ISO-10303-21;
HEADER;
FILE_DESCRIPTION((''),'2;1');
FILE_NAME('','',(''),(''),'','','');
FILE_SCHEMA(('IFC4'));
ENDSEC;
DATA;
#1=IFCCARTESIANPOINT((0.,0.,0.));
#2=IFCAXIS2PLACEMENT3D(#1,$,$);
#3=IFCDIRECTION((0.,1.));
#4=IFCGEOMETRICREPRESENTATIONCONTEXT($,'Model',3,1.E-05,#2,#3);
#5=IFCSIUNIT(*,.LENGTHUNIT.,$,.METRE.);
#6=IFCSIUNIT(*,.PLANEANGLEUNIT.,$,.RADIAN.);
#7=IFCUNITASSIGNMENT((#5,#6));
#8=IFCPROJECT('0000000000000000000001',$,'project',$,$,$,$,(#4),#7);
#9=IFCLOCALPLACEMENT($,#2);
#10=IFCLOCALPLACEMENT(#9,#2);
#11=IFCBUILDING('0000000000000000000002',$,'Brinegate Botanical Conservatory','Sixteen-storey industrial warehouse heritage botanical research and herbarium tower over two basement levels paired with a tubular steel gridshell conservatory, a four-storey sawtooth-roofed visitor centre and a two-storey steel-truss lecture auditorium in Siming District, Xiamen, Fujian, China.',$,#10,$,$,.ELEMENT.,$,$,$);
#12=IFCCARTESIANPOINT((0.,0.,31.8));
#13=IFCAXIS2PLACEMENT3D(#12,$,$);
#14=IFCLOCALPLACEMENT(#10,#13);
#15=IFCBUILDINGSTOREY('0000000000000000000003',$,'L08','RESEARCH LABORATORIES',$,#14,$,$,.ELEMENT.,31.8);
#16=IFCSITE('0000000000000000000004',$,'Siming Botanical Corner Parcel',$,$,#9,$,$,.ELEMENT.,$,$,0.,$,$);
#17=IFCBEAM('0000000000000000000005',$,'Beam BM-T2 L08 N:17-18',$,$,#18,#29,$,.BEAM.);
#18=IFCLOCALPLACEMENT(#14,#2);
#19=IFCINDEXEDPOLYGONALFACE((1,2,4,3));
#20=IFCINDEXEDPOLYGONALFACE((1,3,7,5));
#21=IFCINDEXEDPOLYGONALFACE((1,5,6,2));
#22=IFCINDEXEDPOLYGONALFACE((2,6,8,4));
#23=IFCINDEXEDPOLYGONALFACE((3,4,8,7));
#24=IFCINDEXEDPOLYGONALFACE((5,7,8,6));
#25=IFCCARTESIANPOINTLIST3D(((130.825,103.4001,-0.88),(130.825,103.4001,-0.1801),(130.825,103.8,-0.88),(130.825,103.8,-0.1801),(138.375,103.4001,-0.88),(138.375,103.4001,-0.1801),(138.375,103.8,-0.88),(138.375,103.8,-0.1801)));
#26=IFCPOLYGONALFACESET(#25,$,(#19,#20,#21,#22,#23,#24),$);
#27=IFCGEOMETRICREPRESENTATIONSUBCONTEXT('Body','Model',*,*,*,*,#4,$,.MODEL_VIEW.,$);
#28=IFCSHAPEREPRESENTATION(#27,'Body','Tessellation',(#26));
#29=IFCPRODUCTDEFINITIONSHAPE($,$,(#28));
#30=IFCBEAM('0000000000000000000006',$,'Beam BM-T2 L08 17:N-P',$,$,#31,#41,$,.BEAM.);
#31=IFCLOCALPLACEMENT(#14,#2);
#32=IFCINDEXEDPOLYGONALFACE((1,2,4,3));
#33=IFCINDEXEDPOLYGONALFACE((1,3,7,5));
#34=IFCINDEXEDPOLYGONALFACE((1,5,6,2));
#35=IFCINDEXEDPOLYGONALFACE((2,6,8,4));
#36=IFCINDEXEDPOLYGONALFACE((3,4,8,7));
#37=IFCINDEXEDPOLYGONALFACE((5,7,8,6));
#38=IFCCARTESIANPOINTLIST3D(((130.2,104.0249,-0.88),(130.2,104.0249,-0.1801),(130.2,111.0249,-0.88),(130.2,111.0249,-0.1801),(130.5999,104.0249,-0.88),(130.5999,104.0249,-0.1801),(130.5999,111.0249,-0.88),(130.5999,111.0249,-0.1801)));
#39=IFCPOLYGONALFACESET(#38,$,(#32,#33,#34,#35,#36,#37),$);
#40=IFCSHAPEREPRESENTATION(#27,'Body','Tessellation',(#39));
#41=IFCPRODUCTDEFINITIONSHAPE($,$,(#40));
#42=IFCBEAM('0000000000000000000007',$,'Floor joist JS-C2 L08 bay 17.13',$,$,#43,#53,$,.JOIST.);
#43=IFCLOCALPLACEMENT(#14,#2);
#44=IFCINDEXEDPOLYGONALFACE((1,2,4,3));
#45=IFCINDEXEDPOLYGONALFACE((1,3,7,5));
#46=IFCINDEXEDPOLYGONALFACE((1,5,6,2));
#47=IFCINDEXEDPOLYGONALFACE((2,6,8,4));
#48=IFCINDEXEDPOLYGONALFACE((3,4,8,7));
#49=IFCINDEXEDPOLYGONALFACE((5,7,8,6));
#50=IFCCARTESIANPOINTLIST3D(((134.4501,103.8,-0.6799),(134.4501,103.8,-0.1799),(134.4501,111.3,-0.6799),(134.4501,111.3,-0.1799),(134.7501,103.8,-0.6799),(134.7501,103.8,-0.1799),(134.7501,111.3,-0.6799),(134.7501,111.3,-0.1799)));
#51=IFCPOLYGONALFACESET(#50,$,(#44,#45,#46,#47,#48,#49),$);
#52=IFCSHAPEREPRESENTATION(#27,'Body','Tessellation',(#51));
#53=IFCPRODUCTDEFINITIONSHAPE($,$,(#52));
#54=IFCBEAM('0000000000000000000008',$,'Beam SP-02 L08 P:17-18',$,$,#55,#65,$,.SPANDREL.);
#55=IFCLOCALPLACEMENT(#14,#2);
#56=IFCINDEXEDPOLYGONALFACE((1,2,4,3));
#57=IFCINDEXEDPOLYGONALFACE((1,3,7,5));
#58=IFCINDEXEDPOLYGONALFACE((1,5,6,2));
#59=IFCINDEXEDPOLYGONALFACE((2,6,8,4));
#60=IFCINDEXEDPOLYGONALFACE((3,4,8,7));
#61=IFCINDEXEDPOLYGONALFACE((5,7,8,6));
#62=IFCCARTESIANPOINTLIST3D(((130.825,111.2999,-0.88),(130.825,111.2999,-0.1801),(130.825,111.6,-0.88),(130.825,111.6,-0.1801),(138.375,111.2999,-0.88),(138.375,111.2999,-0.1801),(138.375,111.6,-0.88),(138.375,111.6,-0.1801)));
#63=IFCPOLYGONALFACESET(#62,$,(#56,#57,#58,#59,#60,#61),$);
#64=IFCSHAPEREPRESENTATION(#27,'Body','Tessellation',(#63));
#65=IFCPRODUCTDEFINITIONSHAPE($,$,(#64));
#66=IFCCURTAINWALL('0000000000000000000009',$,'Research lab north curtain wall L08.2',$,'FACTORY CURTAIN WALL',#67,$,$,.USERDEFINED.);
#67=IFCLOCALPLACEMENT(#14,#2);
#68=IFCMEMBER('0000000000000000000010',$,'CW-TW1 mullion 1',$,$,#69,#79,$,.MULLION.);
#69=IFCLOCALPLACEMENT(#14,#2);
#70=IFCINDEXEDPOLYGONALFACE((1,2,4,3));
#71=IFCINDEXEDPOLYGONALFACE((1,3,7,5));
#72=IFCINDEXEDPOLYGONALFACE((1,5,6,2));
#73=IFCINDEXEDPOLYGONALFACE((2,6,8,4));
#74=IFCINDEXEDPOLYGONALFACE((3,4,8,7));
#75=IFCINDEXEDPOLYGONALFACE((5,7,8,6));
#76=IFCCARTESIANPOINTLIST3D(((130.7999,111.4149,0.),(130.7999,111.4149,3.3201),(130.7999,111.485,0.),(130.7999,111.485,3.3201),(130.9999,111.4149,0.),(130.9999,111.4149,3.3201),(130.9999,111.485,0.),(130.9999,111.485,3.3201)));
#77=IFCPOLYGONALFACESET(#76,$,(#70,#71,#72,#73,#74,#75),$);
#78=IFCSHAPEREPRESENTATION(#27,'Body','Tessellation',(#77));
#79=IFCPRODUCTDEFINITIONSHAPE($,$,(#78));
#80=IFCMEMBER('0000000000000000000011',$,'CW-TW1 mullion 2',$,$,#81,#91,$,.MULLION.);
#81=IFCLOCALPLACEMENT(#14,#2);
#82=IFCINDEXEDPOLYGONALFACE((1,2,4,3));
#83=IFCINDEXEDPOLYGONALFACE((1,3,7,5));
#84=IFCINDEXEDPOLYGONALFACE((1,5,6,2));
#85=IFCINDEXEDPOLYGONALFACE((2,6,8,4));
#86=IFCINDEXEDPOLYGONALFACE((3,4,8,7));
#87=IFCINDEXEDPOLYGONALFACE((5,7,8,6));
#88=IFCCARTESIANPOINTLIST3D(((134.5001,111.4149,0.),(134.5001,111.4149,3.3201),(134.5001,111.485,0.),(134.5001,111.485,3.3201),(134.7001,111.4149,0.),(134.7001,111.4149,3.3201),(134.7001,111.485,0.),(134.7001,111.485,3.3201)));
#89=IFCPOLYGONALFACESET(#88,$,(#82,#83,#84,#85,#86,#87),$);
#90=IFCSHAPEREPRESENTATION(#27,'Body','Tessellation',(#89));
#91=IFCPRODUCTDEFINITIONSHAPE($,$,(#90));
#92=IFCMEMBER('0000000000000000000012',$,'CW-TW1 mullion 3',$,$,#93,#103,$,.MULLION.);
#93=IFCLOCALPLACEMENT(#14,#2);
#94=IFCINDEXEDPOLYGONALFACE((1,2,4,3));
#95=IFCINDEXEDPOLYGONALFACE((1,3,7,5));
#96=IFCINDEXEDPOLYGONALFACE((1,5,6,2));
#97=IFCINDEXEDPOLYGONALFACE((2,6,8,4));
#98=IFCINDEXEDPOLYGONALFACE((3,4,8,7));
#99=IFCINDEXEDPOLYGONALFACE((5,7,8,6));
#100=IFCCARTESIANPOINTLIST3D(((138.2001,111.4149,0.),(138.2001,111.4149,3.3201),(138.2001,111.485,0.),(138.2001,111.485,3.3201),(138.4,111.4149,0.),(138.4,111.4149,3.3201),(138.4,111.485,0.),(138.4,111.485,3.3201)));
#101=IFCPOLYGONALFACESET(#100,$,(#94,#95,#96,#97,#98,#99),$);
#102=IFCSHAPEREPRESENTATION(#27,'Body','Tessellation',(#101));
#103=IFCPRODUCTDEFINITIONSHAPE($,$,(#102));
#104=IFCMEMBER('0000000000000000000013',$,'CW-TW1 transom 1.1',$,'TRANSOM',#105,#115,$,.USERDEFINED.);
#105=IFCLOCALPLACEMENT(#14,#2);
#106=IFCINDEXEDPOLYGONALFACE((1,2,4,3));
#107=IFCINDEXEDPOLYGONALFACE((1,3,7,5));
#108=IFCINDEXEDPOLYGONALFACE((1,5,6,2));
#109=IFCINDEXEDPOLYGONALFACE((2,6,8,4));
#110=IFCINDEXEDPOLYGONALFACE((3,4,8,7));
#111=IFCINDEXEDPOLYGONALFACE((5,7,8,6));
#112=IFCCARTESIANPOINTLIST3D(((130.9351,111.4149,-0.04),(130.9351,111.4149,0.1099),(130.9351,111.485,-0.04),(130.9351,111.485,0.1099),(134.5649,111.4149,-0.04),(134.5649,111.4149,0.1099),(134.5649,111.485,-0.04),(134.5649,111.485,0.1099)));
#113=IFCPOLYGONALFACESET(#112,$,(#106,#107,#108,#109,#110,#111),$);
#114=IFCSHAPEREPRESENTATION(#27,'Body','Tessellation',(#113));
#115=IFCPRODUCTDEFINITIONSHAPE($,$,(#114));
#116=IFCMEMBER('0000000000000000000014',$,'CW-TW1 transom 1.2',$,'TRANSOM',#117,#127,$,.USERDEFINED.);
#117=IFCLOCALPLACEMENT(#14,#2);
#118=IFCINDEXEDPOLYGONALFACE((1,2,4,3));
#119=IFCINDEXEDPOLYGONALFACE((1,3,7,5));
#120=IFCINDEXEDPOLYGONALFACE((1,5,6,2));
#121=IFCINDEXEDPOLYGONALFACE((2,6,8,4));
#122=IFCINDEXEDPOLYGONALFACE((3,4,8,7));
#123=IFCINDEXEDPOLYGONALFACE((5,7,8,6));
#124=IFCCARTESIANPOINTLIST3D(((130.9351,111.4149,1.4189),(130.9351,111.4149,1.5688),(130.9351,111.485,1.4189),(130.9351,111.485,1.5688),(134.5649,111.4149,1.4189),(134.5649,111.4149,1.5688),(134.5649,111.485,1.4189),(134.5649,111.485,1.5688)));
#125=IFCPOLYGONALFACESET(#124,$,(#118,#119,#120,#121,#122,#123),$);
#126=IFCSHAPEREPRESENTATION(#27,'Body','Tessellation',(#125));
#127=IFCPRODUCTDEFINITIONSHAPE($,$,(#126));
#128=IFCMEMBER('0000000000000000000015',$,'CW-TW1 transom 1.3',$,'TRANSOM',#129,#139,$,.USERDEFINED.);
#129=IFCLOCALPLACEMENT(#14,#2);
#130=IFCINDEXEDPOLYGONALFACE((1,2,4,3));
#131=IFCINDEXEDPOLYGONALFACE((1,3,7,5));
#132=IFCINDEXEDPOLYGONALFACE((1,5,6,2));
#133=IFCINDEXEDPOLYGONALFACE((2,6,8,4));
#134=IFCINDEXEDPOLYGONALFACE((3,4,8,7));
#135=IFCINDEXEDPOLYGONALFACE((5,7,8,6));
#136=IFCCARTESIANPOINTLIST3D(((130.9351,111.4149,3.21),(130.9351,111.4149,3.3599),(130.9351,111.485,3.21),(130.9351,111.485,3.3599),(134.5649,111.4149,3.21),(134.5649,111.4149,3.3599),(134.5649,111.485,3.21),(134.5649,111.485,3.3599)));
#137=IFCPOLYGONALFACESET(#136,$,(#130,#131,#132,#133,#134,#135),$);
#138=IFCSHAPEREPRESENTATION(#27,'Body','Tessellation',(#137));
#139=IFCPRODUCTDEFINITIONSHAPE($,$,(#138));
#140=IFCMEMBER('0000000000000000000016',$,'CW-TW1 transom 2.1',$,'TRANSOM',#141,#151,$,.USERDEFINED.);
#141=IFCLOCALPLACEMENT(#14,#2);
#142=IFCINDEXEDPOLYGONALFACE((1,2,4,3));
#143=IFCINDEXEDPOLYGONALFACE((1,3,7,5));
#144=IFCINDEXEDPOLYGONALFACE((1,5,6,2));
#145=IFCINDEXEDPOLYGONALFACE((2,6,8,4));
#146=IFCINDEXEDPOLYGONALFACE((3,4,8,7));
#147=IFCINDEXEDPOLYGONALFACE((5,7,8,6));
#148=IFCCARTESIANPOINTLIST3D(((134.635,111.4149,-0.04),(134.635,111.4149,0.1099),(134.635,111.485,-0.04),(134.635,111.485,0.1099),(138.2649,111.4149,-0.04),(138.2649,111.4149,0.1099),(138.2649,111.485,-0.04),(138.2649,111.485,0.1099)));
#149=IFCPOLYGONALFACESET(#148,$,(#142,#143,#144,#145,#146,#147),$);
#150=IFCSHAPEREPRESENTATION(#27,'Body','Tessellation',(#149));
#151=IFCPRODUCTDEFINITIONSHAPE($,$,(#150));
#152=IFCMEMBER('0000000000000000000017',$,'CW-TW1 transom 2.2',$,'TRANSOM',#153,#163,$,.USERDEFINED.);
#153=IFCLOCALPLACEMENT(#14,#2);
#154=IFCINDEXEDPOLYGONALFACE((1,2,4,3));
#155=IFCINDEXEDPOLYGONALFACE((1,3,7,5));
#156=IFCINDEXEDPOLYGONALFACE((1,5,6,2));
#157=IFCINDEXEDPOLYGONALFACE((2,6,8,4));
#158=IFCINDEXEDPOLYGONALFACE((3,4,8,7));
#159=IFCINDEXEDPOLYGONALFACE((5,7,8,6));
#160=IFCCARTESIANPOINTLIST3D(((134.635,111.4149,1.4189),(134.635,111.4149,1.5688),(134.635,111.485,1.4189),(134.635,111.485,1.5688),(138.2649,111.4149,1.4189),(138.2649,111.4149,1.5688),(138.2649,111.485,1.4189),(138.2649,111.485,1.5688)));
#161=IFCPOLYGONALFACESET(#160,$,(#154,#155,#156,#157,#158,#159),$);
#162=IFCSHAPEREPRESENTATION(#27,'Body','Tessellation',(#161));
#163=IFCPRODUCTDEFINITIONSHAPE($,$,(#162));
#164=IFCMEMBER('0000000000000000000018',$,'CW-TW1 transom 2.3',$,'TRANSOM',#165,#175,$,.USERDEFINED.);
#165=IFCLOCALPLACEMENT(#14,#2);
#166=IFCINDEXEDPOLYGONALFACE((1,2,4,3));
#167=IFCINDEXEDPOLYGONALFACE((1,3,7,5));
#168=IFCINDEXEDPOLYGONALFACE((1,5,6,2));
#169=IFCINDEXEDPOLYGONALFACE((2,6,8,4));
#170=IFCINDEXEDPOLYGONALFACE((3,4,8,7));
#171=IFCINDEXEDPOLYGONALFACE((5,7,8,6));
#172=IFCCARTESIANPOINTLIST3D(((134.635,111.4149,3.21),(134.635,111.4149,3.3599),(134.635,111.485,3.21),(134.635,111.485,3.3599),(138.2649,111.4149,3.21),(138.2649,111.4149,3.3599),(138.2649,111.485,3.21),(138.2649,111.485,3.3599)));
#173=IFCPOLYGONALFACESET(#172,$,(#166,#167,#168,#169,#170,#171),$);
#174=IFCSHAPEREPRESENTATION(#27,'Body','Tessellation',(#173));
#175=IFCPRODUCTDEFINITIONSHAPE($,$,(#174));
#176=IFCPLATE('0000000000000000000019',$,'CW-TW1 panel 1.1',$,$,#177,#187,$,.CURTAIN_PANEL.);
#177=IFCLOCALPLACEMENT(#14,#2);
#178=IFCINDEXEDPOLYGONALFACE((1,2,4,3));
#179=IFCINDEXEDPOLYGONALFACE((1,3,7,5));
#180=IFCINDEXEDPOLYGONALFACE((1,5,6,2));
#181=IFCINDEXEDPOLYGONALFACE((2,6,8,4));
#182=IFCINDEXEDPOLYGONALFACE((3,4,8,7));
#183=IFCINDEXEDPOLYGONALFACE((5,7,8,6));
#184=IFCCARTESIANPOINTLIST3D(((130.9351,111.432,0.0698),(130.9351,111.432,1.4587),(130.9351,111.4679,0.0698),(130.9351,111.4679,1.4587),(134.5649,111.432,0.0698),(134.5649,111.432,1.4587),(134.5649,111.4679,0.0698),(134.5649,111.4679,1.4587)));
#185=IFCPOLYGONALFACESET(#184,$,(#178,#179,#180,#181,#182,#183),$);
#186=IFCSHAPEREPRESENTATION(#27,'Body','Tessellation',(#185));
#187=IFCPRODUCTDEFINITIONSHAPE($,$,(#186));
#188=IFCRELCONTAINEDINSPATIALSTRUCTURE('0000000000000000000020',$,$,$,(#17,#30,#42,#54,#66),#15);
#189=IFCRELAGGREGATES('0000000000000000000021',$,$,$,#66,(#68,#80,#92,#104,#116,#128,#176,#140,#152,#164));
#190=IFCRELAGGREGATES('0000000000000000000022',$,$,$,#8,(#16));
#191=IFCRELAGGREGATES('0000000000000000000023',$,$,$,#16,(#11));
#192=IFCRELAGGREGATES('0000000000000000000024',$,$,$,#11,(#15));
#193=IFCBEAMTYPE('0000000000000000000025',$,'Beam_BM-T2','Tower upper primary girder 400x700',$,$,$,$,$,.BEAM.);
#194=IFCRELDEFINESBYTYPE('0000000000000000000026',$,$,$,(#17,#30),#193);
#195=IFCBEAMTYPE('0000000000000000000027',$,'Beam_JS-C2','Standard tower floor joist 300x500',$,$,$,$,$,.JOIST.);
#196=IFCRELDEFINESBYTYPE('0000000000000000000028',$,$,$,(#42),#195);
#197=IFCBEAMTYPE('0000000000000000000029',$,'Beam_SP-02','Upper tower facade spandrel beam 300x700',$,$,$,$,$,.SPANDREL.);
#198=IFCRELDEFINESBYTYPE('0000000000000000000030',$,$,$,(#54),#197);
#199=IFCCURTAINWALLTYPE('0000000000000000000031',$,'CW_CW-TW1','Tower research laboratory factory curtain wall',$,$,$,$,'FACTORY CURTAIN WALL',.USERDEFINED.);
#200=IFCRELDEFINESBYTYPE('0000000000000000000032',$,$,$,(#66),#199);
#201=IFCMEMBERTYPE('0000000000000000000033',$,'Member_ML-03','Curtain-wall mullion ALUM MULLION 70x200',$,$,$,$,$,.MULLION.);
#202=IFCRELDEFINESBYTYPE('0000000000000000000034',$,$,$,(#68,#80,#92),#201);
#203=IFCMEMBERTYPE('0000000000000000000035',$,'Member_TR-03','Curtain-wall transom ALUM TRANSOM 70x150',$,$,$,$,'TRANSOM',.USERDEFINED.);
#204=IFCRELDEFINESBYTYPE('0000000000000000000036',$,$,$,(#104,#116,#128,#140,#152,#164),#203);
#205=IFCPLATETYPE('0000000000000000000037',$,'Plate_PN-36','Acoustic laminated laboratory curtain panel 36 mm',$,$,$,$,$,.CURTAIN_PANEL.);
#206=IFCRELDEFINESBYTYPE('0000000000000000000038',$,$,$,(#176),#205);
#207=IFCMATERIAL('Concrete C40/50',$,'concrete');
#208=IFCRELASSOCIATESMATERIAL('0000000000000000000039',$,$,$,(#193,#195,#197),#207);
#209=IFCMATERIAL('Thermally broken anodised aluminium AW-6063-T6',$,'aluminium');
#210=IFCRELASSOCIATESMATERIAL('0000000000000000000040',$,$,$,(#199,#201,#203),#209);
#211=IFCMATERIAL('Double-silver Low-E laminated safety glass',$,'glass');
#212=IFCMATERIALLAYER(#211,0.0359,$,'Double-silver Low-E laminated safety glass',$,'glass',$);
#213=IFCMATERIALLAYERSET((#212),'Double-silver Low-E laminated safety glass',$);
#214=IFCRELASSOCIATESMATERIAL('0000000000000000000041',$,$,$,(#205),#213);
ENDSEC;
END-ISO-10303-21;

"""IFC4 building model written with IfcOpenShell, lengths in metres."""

from ifc_helpers import new_model, si_unit, direction, frame, origin, origin_2d, place, context, subcontext, project, spatial, rectangle, extrude, material, layer, layer_set, material_profile, profile_set, type_object, element, aggregate, save


model = new_model("IFC4")

# Units and contexts
model_context = context("Model", 3, precision=1e-05, world=origin(), true_north=direction((0.0, 1.0)))
body_context = subcontext(model_context, "Body", "Model", "MODEL_VIEW")
ifc_project = project(units=[si_unit("LENGTHUNIT", "METRE"), si_unit("PLANEANGLEUNIT", "RADIAN")], contexts=[model_context])

# Site, building, storey
site_placement = place(None, origin())
site = spatial("IfcSite", under=ifc_project, at=site_placement, Name="Siming Botanical Corner Parcel", CompositionType="ELEMENT", RefElevation=0.0)
building_placement = place(site_placement, origin())
building = spatial("IfcBuilding", under=site, at=building_placement, Name="Brinegate Botanical Conservatory", Description="Sixteen-storey industrial warehouse heritage botanical research and herbarium tower over two basement levels paired with a tubular steel gridshell conservatory, a four-storey sawtooth-roofed visitor centre and a two-storey steel-truss lecture auditorium in Siming District, Xiamen, Fujian, China.", CompositionType="ELEMENT")
storey_placement = place(building_placement, frame((0.0, 0.0, 31.8)))
storey = spatial("IfcBuildingStorey", under=building, at=storey_placement, Name="L08", Description="RESEARCH LABORATORIES", CompositionType="ELEMENT", Elevation=31.8)

# Beams
ifc_material_1 = material(Name="Concrete C40/50", Category="concrete")
ifc_material_profile_1 = material_profile(ifc_material_1, rectangle(XDim=0.3999, YDim=0.7, at=origin_2d()), Name="RC BM 400x700")
ifc_profile_set_1 = profile_set([ifc_material_profile_1], Name="Concrete C40/50")
beam_type_1 = type_object("IfcBeamType", Name="Beam_BM-T2", Description="Tower upper primary girder 400x700", PredefinedType="BEAM", material=ifc_profile_set_1)
beam_1_placement = place(storey_placement, frame((130.825, 103.6001, -0.53), z_axis=(1.0, 0.0, 0.0), x_axis=(0.0, 1.0, 0.0)))
element("IfcBeam", 1, at=beam_1_placement, inside=storey, type_object=beam_type_1, Name="Beam BM-T2 L08 N:17-18", PredefinedType="BEAM", context=body_context, shape_type="SweptSolid", body=[
    extrude(rectangle(XDim=0.3999, YDim=0.7, at=origin_2d()), origin(), (0.0, 0.0, 1.0), 7.55),
])
beam_2_placement = place(storey_placement, frame((130.3999, 104.0249, -0.53), z_axis=(0.0, 1.0, 0.0), x_axis=(-1.0, 0.0, 0.0)))
element("IfcBeam", 2, at=beam_2_placement, inside=storey, type_object=beam_type_1, Name="Beam BM-T2 L08 17:N-P", PredefinedType="BEAM", context=body_context, shape_type="SweptSolid", body=[
    extrude(rectangle(XDim=0.3999, YDim=0.7, at=origin_2d()), origin(), (0.0, 0.0, 1.0), 7.0),
])
ifc_material_profile_2 = material_profile(ifc_material_1, rectangle(XDim=0.3, YDim=0.5, at=origin_2d()), Name="RC JST 300x500")
ifc_profile_set_2 = profile_set([ifc_material_profile_2], Name="Concrete C40/50")
beam_type_2 = type_object("IfcBeamType", Name="Beam_JS-C2", Description="Standard tower floor joist 300x500", PredefinedType="JOIST", material=ifc_profile_set_2)
beam_3_placement = place(storey_placement, frame((134.6001, 103.8, -0.4299), z_axis=(0.0, 1.0, 0.0), x_axis=(-1.0, 0.0, 0.0)))
element("IfcBeam", 3, at=beam_3_placement, inside=storey, type_object=beam_type_2, Name="Floor joist JS-C2 L08 bay 17.13", PredefinedType="JOIST", context=body_context, shape_type="SweptSolid", body=[
    extrude(rectangle(XDim=0.3, YDim=0.5, at=origin_2d()), origin(), (0.0, 0.0, 1.0), 7.5),
])
ifc_material_profile_3 = material_profile(ifc_material_1, rectangle(XDim=0.3, YDim=0.7, at=origin_2d()), Name="RC SPN 300x700")
ifc_profile_set_3 = profile_set([ifc_material_profile_3], Name="Concrete C40/50")
beam_type_3 = type_object("IfcBeamType", Name="Beam_SP-02", Description="Upper tower facade spandrel beam 300x700", PredefinedType="SPANDREL", material=ifc_profile_set_3)
beam_4_placement = place(storey_placement, frame((130.825, 111.45, -0.53), z_axis=(1.0, 0.0, 0.0), x_axis=(0.0, 1.0, 0.0)))
element("IfcBeam", 4, at=beam_4_placement, inside=storey, type_object=beam_type_3, Name="Beam SP-02 L08 P:17-18", PredefinedType="SPANDREL", context=body_context, shape_type="SweptSolid", body=[
    extrude(rectangle(XDim=0.3, YDim=0.7, at=origin_2d()), origin(), (0.0, 0.0, 1.0), 7.55),
])

# Curtain wall, members, plate
ifc_material_2 = material(Name="Thermally broken anodised aluminium AW-6063-T6", Category="aluminium")
curtain_wall_type = type_object("IfcCurtainWallType", Name="CW_CW-TW1", Description="Tower research laboratory factory curtain wall", ElementType="FACTORY CURTAIN WALL", PredefinedType="USERDEFINED", material=ifc_material_2)
curtain_wall_placement = place(storey_placement, origin())
curtain_wall = element("IfcCurtainWall", 5, at=curtain_wall_placement, inside=storey, type_object=curtain_wall_type, Name="Research lab north curtain wall L08.2", ObjectType="FACTORY CURTAIN WALL", PredefinedType="USERDEFINED")
ifc_material_profile_4 = material_profile(ifc_material_2, rectangle(XDim=0.0701, YDim=0.2, at=origin_2d()), Name="ALUM MULLION 70x200")
ifc_profile_set_4 = profile_set([ifc_material_profile_4], Name="Thermally broken anodised aluminium AW-6063-T6")
member_type_1 = type_object("IfcMemberType", Name="Member_ML-03", Description="Curtain-wall mullion ALUM MULLION 70x200", PredefinedType="MULLION", material=ifc_profile_set_4)
member_1_placement = place(storey_placement, frame((130.8999, 111.45, 0.0), z_axis=(0.0, 0.0, 1.0), x_axis=(0.0, 1.0, 0.0)))
member_1 = element("IfcMember", 6, at=member_1_placement, type_object=member_type_1, Name="CW-TW1 mullion 1", PredefinedType="MULLION", context=body_context, shape_type="SweptSolid", body=[
    extrude(rectangle(XDim=0.0701, YDim=0.2, at=origin_2d()), origin(), (0.0, 0.0, 1.0), 3.3201),
])
member_2_placement = place(storey_placement, frame((134.6001, 111.45, 0.0), z_axis=(0.0, 0.0, 1.0), x_axis=(0.0, 1.0, 0.0)))
member_2 = element("IfcMember", 7, at=member_2_placement, type_object=member_type_1, Name="CW-TW1 mullion 2", PredefinedType="MULLION", context=body_context, shape_type="SweptSolid", body=[
    extrude(rectangle(XDim=0.0701, YDim=0.2, at=origin_2d()), origin(), (0.0, 0.0, 1.0), 3.3201),
])
member_3_placement = place(storey_placement, frame((138.3, 111.45, 0.0), z_axis=(0.0, 0.0, 1.0), x_axis=(0.0, 1.0, 0.0)))
member_3 = element("IfcMember", 8, at=member_3_placement, type_object=member_type_1, Name="CW-TW1 mullion 3", PredefinedType="MULLION", context=body_context, shape_type="SweptSolid", body=[
    extrude(rectangle(XDim=0.0701, YDim=0.2, at=origin_2d()), origin(), (0.0, 0.0, 1.0), 3.3201),
])
ifc_material_profile_5 = material_profile(ifc_material_2, rectangle(XDim=0.0701, YDim=0.1499, at=origin_2d()), Name="ALUM TRANSOM 70x150")
ifc_profile_set_5 = profile_set([ifc_material_profile_5], Name="Thermally broken anodised aluminium AW-6063-T6")
member_type_2 = type_object("IfcMemberType", Name="Member_TR-03", Description="Curtain-wall transom ALUM TRANSOM 70x150", ElementType="TRANSOM", PredefinedType="USERDEFINED", material=ifc_profile_set_5)
member_4_placement = place(storey_placement, frame((130.9351, 111.45, 0.0349), z_axis=(1.0, 0.0, 0.0), x_axis=(0.0, 1.0, 0.0)))
member_4 = element("IfcMember", 9, at=member_4_placement, type_object=member_type_2, Name="CW-TW1 transom 1.1", ObjectType="TRANSOM", PredefinedType="USERDEFINED", context=body_context, shape_type="SweptSolid", body=[
    extrude(rectangle(XDim=0.0701, YDim=0.1499, at=origin_2d()), origin(), (0.0, 0.0, 1.0), 3.6299),
])
member_5_placement = place(storey_placement, frame((130.9351, 111.45, 1.4939), z_axis=(1.0, 0.0, 0.0), x_axis=(0.0, 1.0, 0.0)))
member_5 = element("IfcMember", 10, at=member_5_placement, type_object=member_type_2, Name="CW-TW1 transom 1.2", ObjectType="TRANSOM", PredefinedType="USERDEFINED", context=body_context, shape_type="SweptSolid", body=[
    extrude(rectangle(XDim=0.0701, YDim=0.1499, at=origin_2d()), origin(), (0.0, 0.0, 1.0), 3.6299),
])
member_6_placement = place(storey_placement, frame((130.9351, 111.45, 3.2849), z_axis=(1.0, 0.0, 0.0), x_axis=(0.0, 1.0, 0.0)))
member_6 = element("IfcMember", 11, at=member_6_placement, type_object=member_type_2, Name="CW-TW1 transom 1.3", ObjectType="TRANSOM", PredefinedType="USERDEFINED", context=body_context, shape_type="SweptSolid", body=[
    extrude(rectangle(XDim=0.0701, YDim=0.1499, at=origin_2d()), origin(), (0.0, 0.0, 1.0), 3.6299),
])
member_7_placement = place(storey_placement, frame((134.635, 111.45, 0.0349), z_axis=(1.0, 0.0, 0.0), x_axis=(0.0, 1.0, 0.0)))
member_7 = element("IfcMember", 12, at=member_7_placement, type_object=member_type_2, Name="CW-TW1 transom 2.1", ObjectType="TRANSOM", PredefinedType="USERDEFINED", context=body_context, shape_type="SweptSolid", body=[
    extrude(rectangle(XDim=0.0701, YDim=0.1499, at=origin_2d()), origin(), (0.0, 0.0, 1.0), 3.6299),
])
member_8_placement = place(storey_placement, frame((134.635, 111.45, 1.4939), z_axis=(1.0, 0.0, 0.0), x_axis=(0.0, 1.0, 0.0)))
member_8 = element("IfcMember", 13, at=member_8_placement, type_object=member_type_2, Name="CW-TW1 transom 2.2", ObjectType="TRANSOM", PredefinedType="USERDEFINED", context=body_context, shape_type="SweptSolid", body=[
    extrude(rectangle(XDim=0.0701, YDim=0.1499, at=origin_2d()), origin(), (0.0, 0.0, 1.0), 3.6299),
])
member_9_placement = place(storey_placement, frame((134.635, 111.45, 3.2849), z_axis=(1.0, 0.0, 0.0), x_axis=(0.0, 1.0, 0.0)))
member_9 = element("IfcMember", 14, at=member_9_placement, type_object=member_type_2, Name="CW-TW1 transom 2.3", ObjectType="TRANSOM", PredefinedType="USERDEFINED", context=body_context, shape_type="SweptSolid", body=[
    extrude(rectangle(XDim=0.0701, YDim=0.1499, at=origin_2d()), origin(), (0.0, 0.0, 1.0), 3.6299),
])
ifc_material_3 = material(Name="Double-silver Low-E laminated safety glass", Category="glass")
ifc_layer = layer(ifc_material_3, 0.0359, Name="Double-silver Low-E laminated safety glass", Category="glass")
ifc_layer_set = layer_set([ifc_layer], Name="Double-silver Low-E laminated safety glass")
plate_type = type_object("IfcPlateType", Name="Plate_PN-36", Description="Acoustic laminated laboratory curtain panel 36 mm", PredefinedType="CURTAIN_PANEL", material=ifc_layer_set)
plate_1_placement = place(storey_placement, frame((132.75, 111.45, 0.0698), z_axis=(0.0, 0.0, 1.0), x_axis=(1.0, 0.0, 0.0)))
plate_1 = element("IfcPlate", 15, at=plate_1_placement, type_object=plate_type, Name="CW-TW1 panel 1.1", PredefinedType="CURTAIN_PANEL", context=body_context, shape_type="SweptSolid", body=[
    extrude(rectangle(XDim=3.6299, YDim=0.0359, at=origin_2d()), origin(), (0.0, 0.0, 1.0), 1.3889),
])
aggregate(curtain_wall, [member_1, member_2, member_3, member_4, member_5, member_6, plate_1, member_7, member_8, member_9])

save(model, "model.ifc")
